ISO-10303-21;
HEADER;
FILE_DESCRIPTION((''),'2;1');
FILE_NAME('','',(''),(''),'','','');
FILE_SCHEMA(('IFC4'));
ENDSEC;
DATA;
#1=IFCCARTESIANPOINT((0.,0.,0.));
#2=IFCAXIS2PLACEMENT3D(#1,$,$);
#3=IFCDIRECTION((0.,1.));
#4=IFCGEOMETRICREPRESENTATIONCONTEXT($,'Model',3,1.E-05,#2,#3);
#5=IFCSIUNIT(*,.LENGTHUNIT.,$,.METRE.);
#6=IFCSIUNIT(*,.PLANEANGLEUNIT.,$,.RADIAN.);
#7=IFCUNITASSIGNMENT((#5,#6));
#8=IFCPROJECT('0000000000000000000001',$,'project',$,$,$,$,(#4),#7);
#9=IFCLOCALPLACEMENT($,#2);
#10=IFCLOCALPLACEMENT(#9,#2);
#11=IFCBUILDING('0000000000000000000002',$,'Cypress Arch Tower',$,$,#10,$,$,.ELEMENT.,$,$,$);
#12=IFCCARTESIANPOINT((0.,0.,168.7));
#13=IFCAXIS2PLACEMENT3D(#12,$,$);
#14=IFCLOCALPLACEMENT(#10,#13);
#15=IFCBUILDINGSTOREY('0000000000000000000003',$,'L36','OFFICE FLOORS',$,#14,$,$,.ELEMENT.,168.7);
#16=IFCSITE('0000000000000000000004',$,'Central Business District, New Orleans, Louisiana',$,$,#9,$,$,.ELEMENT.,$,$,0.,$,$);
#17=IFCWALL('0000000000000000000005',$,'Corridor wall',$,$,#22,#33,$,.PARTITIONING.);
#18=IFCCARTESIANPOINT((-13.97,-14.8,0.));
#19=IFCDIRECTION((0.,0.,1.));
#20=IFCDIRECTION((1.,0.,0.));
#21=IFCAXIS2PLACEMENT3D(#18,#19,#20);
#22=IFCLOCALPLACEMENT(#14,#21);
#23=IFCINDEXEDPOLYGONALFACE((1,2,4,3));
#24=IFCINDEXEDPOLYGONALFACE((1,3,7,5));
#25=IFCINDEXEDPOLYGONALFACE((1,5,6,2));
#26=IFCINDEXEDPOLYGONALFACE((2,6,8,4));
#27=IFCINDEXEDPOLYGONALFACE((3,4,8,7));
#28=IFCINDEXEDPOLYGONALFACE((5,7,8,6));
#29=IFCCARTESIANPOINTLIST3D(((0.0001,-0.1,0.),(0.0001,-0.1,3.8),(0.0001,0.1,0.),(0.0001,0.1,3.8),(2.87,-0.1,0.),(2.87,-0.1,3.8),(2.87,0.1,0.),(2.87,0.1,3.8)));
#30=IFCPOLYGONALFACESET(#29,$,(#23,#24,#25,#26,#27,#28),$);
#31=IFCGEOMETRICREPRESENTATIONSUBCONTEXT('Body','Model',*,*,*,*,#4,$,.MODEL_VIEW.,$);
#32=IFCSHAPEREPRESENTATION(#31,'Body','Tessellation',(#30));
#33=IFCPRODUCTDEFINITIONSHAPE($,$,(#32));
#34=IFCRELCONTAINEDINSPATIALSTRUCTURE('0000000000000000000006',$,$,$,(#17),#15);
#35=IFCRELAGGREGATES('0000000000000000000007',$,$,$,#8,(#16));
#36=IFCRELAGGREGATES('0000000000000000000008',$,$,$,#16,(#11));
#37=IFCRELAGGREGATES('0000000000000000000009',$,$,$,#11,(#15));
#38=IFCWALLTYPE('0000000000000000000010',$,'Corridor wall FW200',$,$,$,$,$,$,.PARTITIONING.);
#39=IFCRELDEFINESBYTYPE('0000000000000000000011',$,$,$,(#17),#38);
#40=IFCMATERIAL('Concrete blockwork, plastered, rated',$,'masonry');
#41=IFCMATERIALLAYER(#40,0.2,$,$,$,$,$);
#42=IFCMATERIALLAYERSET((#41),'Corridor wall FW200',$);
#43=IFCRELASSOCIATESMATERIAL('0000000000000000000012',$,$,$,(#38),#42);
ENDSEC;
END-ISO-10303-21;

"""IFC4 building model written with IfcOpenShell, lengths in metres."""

from ifc_helpers import new_model, si_unit, direction, frame, frame_2d, origin, place, context, subcontext, project, spatial, rectangle, extrude, material, layer, layer_set, type_object, element, save


model = new_model("IFC4")

# Units and contexts
model_context = context("Model", 3, precision=1e-05, world=origin(), true_north=direction((0.0, 1.0)))
body_context = subcontext(model_context, "Body", "Model", "MODEL_VIEW")
ifc_project = project(units=[si_unit("LENGTHUNIT", "METRE"), si_unit("PLANEANGLEUNIT", "RADIAN")], contexts=[model_context])

# Site, building, storey
site_placement = place(None, origin())
site = spatial("IfcSite", under=ifc_project, at=site_placement, Name="Central Business District, New Orleans, Louisiana", CompositionType="ELEMENT", RefElevation=0.0)
building_placement = place(site_placement, origin())
building = spatial("IfcBuilding", under=site, at=building_placement, Name="Cypress Arch Tower", CompositionType="ELEMENT")
storey_placement = place(building_placement, frame((0.0, 0.0, 168.7)))
storey = spatial("IfcBuildingStorey", under=building, at=storey_placement, Name="L36", Description="OFFICE FLOORS", CompositionType="ELEMENT", Elevation=168.7)

# Wall
ifc_material_1 = material(Name="Concrete blockwork, plastered, rated", Category="masonry")
ifc_layer = layer(ifc_material_1, 0.2)
ifc_layer_set = layer_set([ifc_layer], Name="Corridor wall FW200")
wall_type = type_object("IfcWallType", Name="Corridor wall FW200", PredefinedType="PARTITIONING", material=ifc_layer_set)
wall_1_placement = place(storey_placement, frame((-13.97, -14.8, 0.0), z_axis=(0.0, 0.0, 1.0), x_axis=(1.0, 0.0, 0.0)))
element("IfcWall", 1, at=wall_1_placement, inside=storey, type_object=wall_type, Name="Corridor wall", PredefinedType="PARTITIONING", context=body_context, shape_type="SweptSolid", body=[
    extrude(rectangle(XDim=2.8699, YDim=0.2, at=frame_2d((1.4351, 0.0))), origin(), (0.0, 0.0, 1.0), 3.8),
])

save(model, "model.ifc")
